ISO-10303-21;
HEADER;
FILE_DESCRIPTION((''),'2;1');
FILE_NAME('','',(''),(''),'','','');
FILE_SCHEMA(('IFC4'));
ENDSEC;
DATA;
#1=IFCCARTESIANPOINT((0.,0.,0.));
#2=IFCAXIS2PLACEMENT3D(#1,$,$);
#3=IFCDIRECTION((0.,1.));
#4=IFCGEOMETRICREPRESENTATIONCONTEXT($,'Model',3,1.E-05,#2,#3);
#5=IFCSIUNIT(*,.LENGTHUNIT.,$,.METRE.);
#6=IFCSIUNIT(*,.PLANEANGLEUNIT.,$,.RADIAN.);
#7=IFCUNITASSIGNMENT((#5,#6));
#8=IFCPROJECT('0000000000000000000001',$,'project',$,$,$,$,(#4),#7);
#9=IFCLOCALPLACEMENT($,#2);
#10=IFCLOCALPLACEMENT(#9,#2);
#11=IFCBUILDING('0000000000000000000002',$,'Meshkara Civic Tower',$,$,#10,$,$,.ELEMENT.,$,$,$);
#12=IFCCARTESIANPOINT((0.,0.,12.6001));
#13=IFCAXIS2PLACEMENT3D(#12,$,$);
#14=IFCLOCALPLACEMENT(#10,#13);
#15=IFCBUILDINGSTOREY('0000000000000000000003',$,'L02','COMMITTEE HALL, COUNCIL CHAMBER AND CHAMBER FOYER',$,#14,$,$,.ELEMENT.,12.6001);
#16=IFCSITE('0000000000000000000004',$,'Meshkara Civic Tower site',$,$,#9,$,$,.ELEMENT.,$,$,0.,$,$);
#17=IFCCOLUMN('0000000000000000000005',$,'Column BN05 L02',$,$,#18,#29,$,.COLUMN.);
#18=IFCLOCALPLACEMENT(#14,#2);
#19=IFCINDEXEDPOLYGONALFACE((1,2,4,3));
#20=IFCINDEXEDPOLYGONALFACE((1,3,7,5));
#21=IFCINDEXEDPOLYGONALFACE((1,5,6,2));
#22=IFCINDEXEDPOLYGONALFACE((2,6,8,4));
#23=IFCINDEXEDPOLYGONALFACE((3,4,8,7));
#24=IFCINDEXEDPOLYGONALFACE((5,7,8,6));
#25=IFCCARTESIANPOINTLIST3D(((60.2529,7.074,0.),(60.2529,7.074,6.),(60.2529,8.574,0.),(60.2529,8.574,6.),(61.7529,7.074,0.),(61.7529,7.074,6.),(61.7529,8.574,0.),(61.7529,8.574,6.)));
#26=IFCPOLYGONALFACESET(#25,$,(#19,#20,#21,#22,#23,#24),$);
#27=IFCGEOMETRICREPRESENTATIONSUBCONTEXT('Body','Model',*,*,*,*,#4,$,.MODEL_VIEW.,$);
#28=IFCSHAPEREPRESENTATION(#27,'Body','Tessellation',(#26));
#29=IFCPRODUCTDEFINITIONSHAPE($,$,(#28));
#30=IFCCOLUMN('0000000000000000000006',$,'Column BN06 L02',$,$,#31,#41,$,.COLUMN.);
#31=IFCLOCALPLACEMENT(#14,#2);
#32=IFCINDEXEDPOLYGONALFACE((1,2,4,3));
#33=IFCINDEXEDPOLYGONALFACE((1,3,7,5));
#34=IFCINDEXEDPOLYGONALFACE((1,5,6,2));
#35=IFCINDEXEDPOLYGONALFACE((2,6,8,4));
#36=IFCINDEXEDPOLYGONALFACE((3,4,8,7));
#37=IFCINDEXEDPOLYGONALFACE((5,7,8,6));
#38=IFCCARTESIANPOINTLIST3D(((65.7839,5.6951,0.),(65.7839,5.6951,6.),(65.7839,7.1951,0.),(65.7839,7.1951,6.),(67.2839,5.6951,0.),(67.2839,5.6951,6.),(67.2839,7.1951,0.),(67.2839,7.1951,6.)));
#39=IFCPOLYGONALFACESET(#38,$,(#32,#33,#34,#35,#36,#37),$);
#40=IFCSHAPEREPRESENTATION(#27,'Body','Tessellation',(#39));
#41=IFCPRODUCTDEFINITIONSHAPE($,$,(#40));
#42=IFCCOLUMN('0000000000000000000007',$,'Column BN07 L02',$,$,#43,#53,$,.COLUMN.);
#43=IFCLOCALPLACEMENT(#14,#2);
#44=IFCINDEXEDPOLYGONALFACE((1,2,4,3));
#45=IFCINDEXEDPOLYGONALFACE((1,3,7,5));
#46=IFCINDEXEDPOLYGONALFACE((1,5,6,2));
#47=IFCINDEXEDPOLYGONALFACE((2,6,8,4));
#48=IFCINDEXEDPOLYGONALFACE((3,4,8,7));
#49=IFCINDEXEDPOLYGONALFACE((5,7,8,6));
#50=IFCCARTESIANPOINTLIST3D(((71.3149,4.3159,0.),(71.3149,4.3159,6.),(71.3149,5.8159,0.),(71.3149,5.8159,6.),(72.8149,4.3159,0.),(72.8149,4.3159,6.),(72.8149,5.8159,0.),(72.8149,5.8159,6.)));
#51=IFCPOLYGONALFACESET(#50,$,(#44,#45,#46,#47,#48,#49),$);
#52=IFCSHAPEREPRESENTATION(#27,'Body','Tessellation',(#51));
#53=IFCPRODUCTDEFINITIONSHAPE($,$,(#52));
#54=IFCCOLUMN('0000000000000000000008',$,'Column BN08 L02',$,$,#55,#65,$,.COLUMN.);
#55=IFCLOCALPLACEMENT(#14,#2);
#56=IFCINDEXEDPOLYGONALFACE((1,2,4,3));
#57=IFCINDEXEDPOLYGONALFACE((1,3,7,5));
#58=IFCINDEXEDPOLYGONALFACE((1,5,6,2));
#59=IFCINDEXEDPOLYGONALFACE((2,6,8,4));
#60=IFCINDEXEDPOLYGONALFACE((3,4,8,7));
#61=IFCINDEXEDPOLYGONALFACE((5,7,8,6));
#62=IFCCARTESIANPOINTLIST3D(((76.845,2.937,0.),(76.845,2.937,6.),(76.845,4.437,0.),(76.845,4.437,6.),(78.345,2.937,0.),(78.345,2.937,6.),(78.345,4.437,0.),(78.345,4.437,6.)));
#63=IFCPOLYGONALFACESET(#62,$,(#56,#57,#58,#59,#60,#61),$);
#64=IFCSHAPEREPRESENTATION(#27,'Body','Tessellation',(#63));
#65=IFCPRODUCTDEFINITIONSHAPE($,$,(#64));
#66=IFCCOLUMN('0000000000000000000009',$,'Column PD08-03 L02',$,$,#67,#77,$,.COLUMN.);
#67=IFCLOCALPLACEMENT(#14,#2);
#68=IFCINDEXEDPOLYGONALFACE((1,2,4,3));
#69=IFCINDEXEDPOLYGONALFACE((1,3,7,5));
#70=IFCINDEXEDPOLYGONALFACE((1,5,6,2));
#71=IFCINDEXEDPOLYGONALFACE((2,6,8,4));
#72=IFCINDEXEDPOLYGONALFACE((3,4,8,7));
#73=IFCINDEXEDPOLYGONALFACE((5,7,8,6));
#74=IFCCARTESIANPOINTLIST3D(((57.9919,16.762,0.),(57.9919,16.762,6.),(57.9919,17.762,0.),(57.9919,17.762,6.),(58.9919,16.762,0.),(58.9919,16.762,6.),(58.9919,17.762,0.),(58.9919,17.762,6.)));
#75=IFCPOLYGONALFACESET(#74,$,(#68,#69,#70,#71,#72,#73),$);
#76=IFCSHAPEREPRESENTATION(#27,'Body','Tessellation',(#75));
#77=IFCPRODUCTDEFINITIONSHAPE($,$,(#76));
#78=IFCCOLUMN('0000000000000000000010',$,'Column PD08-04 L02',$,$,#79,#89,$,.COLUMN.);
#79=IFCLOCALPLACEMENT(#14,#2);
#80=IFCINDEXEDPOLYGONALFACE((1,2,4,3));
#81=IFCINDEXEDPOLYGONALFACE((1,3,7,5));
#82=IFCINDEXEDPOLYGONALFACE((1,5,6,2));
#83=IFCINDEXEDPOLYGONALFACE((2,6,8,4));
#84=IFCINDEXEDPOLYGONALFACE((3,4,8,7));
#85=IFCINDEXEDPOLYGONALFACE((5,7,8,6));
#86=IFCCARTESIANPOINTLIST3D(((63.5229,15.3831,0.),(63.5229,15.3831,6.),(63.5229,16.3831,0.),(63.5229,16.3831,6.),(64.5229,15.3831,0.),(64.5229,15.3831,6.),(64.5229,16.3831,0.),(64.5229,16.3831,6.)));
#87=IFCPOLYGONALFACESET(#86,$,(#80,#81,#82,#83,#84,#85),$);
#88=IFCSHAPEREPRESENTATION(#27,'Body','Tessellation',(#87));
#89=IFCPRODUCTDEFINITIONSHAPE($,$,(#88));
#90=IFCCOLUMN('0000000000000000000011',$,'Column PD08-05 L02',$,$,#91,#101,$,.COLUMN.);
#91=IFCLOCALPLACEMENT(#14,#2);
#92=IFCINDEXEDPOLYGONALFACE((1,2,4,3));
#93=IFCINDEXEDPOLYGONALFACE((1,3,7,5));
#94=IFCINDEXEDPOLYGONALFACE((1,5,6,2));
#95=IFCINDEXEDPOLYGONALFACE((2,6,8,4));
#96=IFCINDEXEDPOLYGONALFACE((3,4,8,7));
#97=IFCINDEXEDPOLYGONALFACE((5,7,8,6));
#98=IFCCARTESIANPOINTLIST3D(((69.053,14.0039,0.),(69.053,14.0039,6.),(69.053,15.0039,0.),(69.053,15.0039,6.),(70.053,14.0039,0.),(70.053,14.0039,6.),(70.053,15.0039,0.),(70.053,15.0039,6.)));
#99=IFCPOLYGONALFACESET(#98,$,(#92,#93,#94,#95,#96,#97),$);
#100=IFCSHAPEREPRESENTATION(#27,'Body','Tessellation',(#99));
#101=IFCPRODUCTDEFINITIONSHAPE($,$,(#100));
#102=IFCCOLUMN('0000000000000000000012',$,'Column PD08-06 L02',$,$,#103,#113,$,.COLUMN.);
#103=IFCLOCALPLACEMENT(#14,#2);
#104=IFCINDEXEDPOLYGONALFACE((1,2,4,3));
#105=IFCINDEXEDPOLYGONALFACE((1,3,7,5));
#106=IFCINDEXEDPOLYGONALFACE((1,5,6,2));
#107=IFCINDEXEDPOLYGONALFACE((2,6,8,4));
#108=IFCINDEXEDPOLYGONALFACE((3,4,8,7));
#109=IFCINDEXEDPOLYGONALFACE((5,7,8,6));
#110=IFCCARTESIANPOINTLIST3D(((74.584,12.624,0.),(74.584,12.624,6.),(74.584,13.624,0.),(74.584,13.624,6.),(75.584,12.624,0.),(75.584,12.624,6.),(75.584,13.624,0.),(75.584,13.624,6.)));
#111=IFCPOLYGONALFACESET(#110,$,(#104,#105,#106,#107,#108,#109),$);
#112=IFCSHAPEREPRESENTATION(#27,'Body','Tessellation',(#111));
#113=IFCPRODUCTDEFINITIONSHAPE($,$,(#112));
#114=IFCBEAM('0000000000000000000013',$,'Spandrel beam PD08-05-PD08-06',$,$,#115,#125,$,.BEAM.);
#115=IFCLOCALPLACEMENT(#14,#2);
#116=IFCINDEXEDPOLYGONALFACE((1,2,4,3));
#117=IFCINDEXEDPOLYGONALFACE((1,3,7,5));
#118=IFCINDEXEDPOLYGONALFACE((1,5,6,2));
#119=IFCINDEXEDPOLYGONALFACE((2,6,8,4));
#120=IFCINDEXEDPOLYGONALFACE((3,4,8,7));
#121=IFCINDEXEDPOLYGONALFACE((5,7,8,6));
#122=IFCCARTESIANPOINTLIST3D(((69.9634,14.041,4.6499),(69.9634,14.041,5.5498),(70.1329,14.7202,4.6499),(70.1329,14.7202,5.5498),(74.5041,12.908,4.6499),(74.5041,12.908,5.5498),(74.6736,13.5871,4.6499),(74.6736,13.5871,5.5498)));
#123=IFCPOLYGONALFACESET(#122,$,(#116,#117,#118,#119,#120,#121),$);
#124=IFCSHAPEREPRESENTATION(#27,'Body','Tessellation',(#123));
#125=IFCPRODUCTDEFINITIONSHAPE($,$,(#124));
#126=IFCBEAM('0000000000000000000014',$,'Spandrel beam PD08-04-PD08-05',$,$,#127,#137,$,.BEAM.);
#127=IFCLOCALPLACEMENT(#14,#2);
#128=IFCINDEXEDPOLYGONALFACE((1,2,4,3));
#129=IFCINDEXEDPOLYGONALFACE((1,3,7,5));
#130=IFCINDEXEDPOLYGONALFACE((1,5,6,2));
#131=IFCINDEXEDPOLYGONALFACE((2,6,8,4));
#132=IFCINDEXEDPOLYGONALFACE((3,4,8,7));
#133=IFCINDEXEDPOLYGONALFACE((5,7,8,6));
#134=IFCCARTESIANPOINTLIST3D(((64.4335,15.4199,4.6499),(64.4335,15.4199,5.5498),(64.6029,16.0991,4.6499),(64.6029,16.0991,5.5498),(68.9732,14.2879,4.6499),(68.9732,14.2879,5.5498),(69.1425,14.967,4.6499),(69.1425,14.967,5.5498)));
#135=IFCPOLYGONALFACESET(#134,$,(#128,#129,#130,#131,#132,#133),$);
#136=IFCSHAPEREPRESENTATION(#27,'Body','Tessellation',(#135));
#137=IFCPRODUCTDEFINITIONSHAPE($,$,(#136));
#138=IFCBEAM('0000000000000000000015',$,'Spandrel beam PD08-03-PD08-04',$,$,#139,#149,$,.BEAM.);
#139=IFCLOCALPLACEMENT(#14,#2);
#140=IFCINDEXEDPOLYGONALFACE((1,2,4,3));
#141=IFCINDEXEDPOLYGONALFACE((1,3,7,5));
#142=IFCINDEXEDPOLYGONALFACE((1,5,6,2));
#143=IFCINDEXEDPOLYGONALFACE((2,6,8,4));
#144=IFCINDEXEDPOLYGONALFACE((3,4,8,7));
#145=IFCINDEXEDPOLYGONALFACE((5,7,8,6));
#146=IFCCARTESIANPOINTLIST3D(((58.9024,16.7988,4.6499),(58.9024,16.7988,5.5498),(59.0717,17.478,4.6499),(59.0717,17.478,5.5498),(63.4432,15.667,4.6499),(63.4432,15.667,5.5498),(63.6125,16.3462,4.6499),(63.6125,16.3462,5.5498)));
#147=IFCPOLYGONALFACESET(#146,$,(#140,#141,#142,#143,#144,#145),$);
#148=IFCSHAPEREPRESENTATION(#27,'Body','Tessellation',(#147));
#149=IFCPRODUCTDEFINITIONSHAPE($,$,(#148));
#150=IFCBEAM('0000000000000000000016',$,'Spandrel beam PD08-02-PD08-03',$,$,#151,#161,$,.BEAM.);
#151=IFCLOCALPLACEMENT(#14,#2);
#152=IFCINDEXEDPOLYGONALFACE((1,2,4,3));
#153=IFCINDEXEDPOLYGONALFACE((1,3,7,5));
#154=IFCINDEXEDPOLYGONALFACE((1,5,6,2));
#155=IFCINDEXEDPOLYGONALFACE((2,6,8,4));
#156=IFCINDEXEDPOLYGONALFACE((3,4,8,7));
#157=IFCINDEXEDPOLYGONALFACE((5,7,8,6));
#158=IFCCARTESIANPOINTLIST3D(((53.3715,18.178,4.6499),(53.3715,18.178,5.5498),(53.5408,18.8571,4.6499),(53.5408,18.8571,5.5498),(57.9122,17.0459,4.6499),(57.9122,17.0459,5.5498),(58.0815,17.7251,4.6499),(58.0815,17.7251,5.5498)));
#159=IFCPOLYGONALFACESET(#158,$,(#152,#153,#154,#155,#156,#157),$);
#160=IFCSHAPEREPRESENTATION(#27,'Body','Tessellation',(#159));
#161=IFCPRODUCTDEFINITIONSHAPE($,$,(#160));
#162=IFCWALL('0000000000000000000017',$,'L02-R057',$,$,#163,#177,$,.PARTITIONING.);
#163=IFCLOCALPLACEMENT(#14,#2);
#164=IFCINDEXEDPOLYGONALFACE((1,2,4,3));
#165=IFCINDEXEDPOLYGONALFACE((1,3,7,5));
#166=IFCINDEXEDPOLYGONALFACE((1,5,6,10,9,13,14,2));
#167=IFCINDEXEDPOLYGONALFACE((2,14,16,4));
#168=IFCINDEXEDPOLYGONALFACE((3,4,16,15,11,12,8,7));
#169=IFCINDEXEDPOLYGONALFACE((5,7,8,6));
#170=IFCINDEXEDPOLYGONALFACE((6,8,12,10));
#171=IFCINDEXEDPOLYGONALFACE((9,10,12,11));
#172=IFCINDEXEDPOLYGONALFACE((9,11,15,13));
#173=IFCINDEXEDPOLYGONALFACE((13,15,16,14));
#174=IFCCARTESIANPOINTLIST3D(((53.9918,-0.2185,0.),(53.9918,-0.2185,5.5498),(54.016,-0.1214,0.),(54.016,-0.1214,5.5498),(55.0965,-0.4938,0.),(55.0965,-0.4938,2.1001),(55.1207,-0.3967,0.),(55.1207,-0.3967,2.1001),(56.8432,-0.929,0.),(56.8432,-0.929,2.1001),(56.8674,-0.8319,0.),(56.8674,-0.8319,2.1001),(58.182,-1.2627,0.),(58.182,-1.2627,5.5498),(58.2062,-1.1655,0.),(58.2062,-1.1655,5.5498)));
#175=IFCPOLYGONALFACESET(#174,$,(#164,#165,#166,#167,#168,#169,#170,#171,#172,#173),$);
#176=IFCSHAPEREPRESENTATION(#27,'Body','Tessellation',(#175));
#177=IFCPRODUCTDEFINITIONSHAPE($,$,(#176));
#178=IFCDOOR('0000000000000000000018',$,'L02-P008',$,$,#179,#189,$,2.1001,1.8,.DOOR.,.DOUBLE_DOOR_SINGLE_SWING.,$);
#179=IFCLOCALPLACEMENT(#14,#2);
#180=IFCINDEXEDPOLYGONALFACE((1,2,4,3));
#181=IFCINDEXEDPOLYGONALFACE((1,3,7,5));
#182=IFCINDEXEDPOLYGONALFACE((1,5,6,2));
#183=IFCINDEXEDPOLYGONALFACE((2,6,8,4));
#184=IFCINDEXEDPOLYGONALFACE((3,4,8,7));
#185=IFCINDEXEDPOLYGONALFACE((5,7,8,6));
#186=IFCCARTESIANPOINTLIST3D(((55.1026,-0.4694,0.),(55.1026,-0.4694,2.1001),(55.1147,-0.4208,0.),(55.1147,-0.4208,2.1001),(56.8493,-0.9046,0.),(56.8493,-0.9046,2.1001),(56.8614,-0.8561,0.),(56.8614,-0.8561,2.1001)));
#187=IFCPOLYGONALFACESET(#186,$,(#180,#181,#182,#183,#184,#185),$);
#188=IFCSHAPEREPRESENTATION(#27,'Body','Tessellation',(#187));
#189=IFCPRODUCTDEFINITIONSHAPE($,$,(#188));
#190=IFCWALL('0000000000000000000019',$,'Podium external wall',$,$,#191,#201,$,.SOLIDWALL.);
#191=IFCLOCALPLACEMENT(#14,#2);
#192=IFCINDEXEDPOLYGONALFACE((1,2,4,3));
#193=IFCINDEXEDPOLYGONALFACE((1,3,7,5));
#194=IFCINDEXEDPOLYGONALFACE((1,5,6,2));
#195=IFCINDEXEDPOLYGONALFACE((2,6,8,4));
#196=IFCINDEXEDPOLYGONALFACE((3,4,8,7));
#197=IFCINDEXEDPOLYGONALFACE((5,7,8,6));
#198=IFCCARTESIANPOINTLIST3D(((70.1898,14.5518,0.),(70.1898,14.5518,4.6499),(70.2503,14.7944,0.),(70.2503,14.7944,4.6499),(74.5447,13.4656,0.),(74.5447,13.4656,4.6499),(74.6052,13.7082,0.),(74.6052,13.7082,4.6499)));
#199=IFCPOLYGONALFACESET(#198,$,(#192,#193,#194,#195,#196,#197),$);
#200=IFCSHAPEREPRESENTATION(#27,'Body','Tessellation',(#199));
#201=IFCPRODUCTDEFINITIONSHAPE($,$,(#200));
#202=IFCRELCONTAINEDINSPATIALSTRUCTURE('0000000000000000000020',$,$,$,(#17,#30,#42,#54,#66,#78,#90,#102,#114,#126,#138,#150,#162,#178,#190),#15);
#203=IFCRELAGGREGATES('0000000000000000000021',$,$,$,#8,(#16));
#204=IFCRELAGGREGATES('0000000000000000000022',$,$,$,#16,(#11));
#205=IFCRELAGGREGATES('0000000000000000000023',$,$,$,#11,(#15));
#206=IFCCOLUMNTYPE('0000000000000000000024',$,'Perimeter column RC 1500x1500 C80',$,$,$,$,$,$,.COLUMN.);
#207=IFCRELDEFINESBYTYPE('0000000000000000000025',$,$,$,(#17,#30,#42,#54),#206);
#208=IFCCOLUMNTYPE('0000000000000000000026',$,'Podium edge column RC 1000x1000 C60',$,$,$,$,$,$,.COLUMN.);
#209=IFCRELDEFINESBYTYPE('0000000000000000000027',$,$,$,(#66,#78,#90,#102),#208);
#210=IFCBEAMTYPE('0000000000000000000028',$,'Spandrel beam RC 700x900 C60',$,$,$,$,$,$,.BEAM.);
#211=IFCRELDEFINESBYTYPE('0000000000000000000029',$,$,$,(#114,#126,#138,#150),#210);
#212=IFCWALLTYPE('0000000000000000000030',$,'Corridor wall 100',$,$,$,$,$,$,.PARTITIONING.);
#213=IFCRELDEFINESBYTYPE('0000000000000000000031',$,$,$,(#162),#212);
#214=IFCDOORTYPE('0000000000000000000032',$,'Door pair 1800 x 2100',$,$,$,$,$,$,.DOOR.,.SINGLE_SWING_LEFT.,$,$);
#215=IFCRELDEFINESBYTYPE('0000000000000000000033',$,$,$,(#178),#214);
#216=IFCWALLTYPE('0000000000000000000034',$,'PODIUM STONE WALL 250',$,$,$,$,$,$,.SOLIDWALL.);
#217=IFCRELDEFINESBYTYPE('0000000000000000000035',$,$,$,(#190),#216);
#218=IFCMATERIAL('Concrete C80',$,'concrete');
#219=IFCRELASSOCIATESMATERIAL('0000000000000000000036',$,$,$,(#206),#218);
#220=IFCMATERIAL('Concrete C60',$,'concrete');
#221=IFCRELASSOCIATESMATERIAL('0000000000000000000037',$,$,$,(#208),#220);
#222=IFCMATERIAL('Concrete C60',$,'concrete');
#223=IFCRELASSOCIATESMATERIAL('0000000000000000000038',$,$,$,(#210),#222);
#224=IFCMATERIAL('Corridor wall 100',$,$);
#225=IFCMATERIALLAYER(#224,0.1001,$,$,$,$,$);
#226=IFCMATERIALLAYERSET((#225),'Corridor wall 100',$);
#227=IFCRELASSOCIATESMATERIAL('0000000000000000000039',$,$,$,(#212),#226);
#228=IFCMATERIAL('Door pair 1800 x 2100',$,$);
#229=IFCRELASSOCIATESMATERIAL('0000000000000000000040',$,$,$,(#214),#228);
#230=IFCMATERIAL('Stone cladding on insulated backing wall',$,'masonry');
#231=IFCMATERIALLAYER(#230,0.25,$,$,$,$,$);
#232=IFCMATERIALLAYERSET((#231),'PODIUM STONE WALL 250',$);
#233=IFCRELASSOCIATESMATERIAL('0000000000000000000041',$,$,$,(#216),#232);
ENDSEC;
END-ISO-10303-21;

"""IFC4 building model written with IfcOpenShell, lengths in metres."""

from ifc_helpers import new_model, si_unit, direction, frame, frame_2d, origin, origin_2d, place, context, subcontext, project, spatial, rectangle, extrude, material, layer, layer_set, material_profile, profile_set, type_object, element, fill, save


model = new_model("IFC4")

# Units and contexts
model_context = context("Model", 3, precision=1e-05, world=origin(), true_north=direction((0.0, 1.0)))
body_context = subcontext(model_context, "Body", "Model", "MODEL_VIEW")
ifc_project = project(units=[si_unit("LENGTHUNIT", "METRE"), si_unit("PLANEANGLEUNIT", "RADIAN")], contexts=[model_context])

# Site, building, storey
site_placement = place(None, origin())
site = spatial("IfcSite", under=ifc_project, at=site_placement, Name="Meshkara Civic Tower site", CompositionType="ELEMENT", RefElevation=0.0)
building_placement = place(site_placement, origin())
building = spatial("IfcBuilding", under=site, at=building_placement, Name="Meshkara Civic Tower", CompositionType="ELEMENT")
storey_placement = place(building_placement, frame((0.0, 0.0, 12.6001)))
storey = spatial("IfcBuildingStorey", under=building, at=storey_placement, Name="L02", Description="COMMITTEE HALL, COUNCIL CHAMBER AND CHAMBER FOYER", CompositionType="ELEMENT", Elevation=12.6001)

# Columns
ifc_material_1 = material(Name="Concrete C80", Category="concrete")
ifc_material_profile_1 = material_profile(ifc_material_1, rectangle(XDim=1.5, YDim=1.5, at=origin_2d()))
ifc_profile_set_1 = profile_set([ifc_material_profile_1], Name="Concrete C80")
column_type_1 = type_object("IfcColumnType", Name="Perimeter column RC 1500x1500 C80", PredefinedType="COLUMN", material=ifc_profile_set_1)
for number, where, z_axis, x_axis, name in (
    (1, (61.0029, 7.824, 0.0), (0.0, 0.0, 1.0), (1.0, 0.0, 0.0), "Column BN05 L02"),
    (2, (66.5339, 6.4451, 0.0), (0.0, 0.0, 1.0), (1.0, 0.0, 0.0), "Column BN06 L02"),
    (3, (72.0649, 5.0659, 0.0), (0.0, 0.0, 1.0), (1.0, 0.0, 0.0), "Column BN07 L02"),
    (4, (77.595, 3.687, 0.0), (0.0, 0.0, 1.0), (1.0, 0.0, 0.0), "Column BN08 L02"),
):
    element("IfcColumn", number, at=place(storey_placement, frame(where, z_axis=z_axis, x_axis=x_axis)), inside=storey, type_object=column_type_1, Name=name, PredefinedType="COLUMN", context=body_context, shape_type="SweptSolid", body=[
        extrude(rectangle(XDim=1.5, YDim=1.5, at=origin_2d()), origin(), (0.0, 0.0, 1.0), 6.0),
    ])
ifc_material_2 = material(Name="Concrete C60", Category="concrete")
ifc_material_profile_2 = material_profile(ifc_material_2, rectangle(XDim=1.0, YDim=1.0, at=origin_2d()))
ifc_profile_set_2 = profile_set([ifc_material_profile_2], Name="Concrete C60")
column_type_2 = type_object("IfcColumnType", Name="Podium edge column RC 1000x1000 C60", PredefinedType="COLUMN", material=ifc_profile_set_2)
for number, where, z_axis, x_axis, name in (
    (5, (58.4919, 17.262, 0.0), (0.0, 0.0, 1.0), (1.0, 0.0, 0.0), "Column PD08-03 L02"),
    (6, (64.0229, 15.8831, 0.0), (0.0, 0.0, 1.0), (1.0, 0.0, 0.0), "Column PD08-04 L02"),
    (7, (69.553, 14.5039, 0.0), (0.0, 0.0, 1.0), (1.0, 0.0, 0.0), "Column PD08-05 L02"),
    (8, (75.084, 13.124, 0.0), (0.0, 0.0, 1.0), (1.0, 0.0, 0.0), "Column PD08-06 L02"),
):
    element("IfcColumn", number, at=place(storey_placement, frame(where, z_axis=z_axis, x_axis=x_axis)), inside=storey, type_object=column_type_2, Name=name, PredefinedType="COLUMN", context=body_context, shape_type="SweptSolid", body=[
        extrude(rectangle(XDim=1.0, YDim=1.0, at=origin_2d()), origin(), (0.0, 0.0, 1.0), 6.0),
    ])

# Beams
ifc_material_3 = material(Name="Concrete C60", Category="concrete")
ifc_material_profile_3 = material_profile(ifc_material_3, rectangle(XDim=0.7, YDim=0.8999, at=origin_2d()))
ifc_profile_set_3 = profile_set([ifc_material_profile_3], Name="Concrete C60")
beam_type = type_object("IfcBeamType", Name="Spandrel beam RC 700x900 C60", PredefinedType="BEAM", material=ifc_profile_set_3)
beam_1_placement = place(storey_placement, frame((74.5889, 13.2476, 5.0999), z_axis=(-0.97025, 0.242106, 0.0), x_axis=(-0.242106, -0.97025, 0.0)))
element("IfcBeam", 9, at=beam_1_placement, inside=storey, type_object=beam_type, Name="Spandrel beam PD08-05-PD08-06", PredefinedType="BEAM", context=body_context, shape_type="SweptSolid", body=[
    extrude(rectangle(XDim=0.7, YDim=0.8999, at=origin_2d()), origin(), (0.0, 0.0, 1.0), 4.6799),
])
beam_2_placement = place(storey_placement, frame((69.0579, 14.6274, 5.0999), z_axis=(-0.970287, 0.241959, 0.0), x_axis=(-0.241959, -0.970287, 0.0)))
element("IfcBeam", 10, at=beam_2_placement, inside=storey, type_object=beam_type, Name="Spandrel beam PD08-04-PD08-05", PredefinedType="BEAM", context=body_context, shape_type="SweptSolid", body=[
    extrude(rectangle(XDim=0.7, YDim=0.8999, at=origin_2d()), origin(), (0.0, 0.0, 1.0), 4.6787),
])
for number, where, z_axis, x_axis, name in (
    (11, (63.5278, 16.0066, 5.0999), (-0.970311, 0.24186, 0.0), (-0.24186, -0.970311, 0.0), "Spandrel beam PD08-03-PD08-04"),
    (12, (57.9968, 17.3855, 5.0999), (-0.970299, 0.24191, 0.0), (-0.24191, -0.970299, 0.0), "Spandrel beam PD08-02-PD08-03"),
):
    element("IfcBeam", number, at=place(storey_placement, frame(where, z_axis=z_axis, x_axis=x_axis)), inside=storey, type_object=beam_type, Name=name, PredefinedType="BEAM", context=body_context, shape_type="SweptSolid", body=[
        extrude(rectangle(XDim=0.7, YDim=0.8999, at=origin_2d()), origin(), (0.0, 0.0, 1.0), 4.6797),
    ])

# Wall, opening, door
ifc_material_4 = material(Name="Corridor wall 100")
ifc_layer_1 = layer(ifc_material_4, 0.1001)
ifc_layer_set_1 = layer_set([ifc_layer_1], Name="Corridor wall 100")
wall_type_1 = type_object("IfcWallType", Name="Corridor wall 100", PredefinedType="PARTITIONING", material=ifc_layer_set_1)
wall_1_placement = place(storey_placement, frame((58.1941, -1.2141, 0.0), z_axis=(0.0, 0.0, 1.0), x_axis=(-0.970325, 0.241804, 0.0)))
wall_1 = element("IfcWall", 13, at=wall_1_placement, inside=storey, type_object=wall_type_1, Name="L02-R057", PredefinedType="PARTITIONING", context=body_context, shape_type="SweptSolid", body=[
    extrude(rectangle(XDim=4.3184, YDim=0.1001, at=frame_2d((2.1592, 0.0))), origin(), (0.0, 0.0, 1.0), 5.5498),
])
opening_1_placement = place(wall_1_placement, frame((1.3799, 0.0, 0.0)))
opening_1 = element("IfcOpeningElement", 14, at=opening_1_placement, cuts=wall_1, PredefinedType="OPENING", context=body_context, shape_type="SweptSolid", body=[
    extrude(rectangle(XDim=1.8, YDim=2.1001, at=frame_2d((0.8999, 1.05))), frame((0.0, 0.0601, 0.0), z_axis=(0.0, -1.0, 0.0), x_axis=(1.0, 0.0, 0.0)), (0.0, 0.0, 1.0), 0.1201),
])
ifc_material_5 = material(Name="Door pair 1800 x 2100")
door_type = type_object("IfcDoorType", Name="Door pair 1800 x 2100", OperationType="SINGLE_SWING_LEFT", PredefinedType="DOOR", material=ifc_material_5)
door_placement = place(opening_1_placement, origin())
door = element("IfcDoor", 15, at=door_placement, inside=storey, type_object=door_type, Name="L02-P008", OperationType="DOUBLE_DOOR_SINGLE_SWING", OverallHeight=2.1001, OverallWidth=1.8, PredefinedType="DOOR", context=body_context, shape_type="SweptSolid", body=[
    extrude(rectangle(XDim=1.8, YDim=2.1001, at=frame_2d((0.8999, 1.05))), frame((0.0, 0.0249, 0.0), z_axis=(0.0, -1.0, 0.0), x_axis=(1.0, 0.0, 0.0)), (0.0, 0.0, 1.0), 0.05),
])
fill(opening_1, door)

# Wall
ifc_material_6 = material(Name="Stone cladding on insulated backing wall", Category="masonry")
ifc_layer_2 = layer(ifc_material_6, 0.25)
ifc_layer_set_2 = layer_set([ifc_layer_2], Name="PODIUM STONE WALL 250")
wall_type_2 = type_object("IfcWallType", Name="PODIUM STONE WALL 250", PredefinedType="SOLIDWALL", material=ifc_layer_set_2)
wall_2_placement = place(storey_placement, frame((74.575, 13.5869, 0.0), z_axis=(0.0, 0.0, 1.0), x_axis=(-0.970277, 0.241998, 0.0)))
element("IfcWall", 16, at=wall_2_placement, inside=storey, type_object=wall_type_2, Name="Podium external wall", PredefinedType="SOLIDWALL", context=body_context, shape_type="SweptSolid", body=[
    extrude(rectangle(XDim=4.4883, YDim=0.25, at=frame_2d((2.2441, 0.0))), origin(), (0.0, 0.0, 1.0), 4.6499),
])

save(model, "model.ifc")
